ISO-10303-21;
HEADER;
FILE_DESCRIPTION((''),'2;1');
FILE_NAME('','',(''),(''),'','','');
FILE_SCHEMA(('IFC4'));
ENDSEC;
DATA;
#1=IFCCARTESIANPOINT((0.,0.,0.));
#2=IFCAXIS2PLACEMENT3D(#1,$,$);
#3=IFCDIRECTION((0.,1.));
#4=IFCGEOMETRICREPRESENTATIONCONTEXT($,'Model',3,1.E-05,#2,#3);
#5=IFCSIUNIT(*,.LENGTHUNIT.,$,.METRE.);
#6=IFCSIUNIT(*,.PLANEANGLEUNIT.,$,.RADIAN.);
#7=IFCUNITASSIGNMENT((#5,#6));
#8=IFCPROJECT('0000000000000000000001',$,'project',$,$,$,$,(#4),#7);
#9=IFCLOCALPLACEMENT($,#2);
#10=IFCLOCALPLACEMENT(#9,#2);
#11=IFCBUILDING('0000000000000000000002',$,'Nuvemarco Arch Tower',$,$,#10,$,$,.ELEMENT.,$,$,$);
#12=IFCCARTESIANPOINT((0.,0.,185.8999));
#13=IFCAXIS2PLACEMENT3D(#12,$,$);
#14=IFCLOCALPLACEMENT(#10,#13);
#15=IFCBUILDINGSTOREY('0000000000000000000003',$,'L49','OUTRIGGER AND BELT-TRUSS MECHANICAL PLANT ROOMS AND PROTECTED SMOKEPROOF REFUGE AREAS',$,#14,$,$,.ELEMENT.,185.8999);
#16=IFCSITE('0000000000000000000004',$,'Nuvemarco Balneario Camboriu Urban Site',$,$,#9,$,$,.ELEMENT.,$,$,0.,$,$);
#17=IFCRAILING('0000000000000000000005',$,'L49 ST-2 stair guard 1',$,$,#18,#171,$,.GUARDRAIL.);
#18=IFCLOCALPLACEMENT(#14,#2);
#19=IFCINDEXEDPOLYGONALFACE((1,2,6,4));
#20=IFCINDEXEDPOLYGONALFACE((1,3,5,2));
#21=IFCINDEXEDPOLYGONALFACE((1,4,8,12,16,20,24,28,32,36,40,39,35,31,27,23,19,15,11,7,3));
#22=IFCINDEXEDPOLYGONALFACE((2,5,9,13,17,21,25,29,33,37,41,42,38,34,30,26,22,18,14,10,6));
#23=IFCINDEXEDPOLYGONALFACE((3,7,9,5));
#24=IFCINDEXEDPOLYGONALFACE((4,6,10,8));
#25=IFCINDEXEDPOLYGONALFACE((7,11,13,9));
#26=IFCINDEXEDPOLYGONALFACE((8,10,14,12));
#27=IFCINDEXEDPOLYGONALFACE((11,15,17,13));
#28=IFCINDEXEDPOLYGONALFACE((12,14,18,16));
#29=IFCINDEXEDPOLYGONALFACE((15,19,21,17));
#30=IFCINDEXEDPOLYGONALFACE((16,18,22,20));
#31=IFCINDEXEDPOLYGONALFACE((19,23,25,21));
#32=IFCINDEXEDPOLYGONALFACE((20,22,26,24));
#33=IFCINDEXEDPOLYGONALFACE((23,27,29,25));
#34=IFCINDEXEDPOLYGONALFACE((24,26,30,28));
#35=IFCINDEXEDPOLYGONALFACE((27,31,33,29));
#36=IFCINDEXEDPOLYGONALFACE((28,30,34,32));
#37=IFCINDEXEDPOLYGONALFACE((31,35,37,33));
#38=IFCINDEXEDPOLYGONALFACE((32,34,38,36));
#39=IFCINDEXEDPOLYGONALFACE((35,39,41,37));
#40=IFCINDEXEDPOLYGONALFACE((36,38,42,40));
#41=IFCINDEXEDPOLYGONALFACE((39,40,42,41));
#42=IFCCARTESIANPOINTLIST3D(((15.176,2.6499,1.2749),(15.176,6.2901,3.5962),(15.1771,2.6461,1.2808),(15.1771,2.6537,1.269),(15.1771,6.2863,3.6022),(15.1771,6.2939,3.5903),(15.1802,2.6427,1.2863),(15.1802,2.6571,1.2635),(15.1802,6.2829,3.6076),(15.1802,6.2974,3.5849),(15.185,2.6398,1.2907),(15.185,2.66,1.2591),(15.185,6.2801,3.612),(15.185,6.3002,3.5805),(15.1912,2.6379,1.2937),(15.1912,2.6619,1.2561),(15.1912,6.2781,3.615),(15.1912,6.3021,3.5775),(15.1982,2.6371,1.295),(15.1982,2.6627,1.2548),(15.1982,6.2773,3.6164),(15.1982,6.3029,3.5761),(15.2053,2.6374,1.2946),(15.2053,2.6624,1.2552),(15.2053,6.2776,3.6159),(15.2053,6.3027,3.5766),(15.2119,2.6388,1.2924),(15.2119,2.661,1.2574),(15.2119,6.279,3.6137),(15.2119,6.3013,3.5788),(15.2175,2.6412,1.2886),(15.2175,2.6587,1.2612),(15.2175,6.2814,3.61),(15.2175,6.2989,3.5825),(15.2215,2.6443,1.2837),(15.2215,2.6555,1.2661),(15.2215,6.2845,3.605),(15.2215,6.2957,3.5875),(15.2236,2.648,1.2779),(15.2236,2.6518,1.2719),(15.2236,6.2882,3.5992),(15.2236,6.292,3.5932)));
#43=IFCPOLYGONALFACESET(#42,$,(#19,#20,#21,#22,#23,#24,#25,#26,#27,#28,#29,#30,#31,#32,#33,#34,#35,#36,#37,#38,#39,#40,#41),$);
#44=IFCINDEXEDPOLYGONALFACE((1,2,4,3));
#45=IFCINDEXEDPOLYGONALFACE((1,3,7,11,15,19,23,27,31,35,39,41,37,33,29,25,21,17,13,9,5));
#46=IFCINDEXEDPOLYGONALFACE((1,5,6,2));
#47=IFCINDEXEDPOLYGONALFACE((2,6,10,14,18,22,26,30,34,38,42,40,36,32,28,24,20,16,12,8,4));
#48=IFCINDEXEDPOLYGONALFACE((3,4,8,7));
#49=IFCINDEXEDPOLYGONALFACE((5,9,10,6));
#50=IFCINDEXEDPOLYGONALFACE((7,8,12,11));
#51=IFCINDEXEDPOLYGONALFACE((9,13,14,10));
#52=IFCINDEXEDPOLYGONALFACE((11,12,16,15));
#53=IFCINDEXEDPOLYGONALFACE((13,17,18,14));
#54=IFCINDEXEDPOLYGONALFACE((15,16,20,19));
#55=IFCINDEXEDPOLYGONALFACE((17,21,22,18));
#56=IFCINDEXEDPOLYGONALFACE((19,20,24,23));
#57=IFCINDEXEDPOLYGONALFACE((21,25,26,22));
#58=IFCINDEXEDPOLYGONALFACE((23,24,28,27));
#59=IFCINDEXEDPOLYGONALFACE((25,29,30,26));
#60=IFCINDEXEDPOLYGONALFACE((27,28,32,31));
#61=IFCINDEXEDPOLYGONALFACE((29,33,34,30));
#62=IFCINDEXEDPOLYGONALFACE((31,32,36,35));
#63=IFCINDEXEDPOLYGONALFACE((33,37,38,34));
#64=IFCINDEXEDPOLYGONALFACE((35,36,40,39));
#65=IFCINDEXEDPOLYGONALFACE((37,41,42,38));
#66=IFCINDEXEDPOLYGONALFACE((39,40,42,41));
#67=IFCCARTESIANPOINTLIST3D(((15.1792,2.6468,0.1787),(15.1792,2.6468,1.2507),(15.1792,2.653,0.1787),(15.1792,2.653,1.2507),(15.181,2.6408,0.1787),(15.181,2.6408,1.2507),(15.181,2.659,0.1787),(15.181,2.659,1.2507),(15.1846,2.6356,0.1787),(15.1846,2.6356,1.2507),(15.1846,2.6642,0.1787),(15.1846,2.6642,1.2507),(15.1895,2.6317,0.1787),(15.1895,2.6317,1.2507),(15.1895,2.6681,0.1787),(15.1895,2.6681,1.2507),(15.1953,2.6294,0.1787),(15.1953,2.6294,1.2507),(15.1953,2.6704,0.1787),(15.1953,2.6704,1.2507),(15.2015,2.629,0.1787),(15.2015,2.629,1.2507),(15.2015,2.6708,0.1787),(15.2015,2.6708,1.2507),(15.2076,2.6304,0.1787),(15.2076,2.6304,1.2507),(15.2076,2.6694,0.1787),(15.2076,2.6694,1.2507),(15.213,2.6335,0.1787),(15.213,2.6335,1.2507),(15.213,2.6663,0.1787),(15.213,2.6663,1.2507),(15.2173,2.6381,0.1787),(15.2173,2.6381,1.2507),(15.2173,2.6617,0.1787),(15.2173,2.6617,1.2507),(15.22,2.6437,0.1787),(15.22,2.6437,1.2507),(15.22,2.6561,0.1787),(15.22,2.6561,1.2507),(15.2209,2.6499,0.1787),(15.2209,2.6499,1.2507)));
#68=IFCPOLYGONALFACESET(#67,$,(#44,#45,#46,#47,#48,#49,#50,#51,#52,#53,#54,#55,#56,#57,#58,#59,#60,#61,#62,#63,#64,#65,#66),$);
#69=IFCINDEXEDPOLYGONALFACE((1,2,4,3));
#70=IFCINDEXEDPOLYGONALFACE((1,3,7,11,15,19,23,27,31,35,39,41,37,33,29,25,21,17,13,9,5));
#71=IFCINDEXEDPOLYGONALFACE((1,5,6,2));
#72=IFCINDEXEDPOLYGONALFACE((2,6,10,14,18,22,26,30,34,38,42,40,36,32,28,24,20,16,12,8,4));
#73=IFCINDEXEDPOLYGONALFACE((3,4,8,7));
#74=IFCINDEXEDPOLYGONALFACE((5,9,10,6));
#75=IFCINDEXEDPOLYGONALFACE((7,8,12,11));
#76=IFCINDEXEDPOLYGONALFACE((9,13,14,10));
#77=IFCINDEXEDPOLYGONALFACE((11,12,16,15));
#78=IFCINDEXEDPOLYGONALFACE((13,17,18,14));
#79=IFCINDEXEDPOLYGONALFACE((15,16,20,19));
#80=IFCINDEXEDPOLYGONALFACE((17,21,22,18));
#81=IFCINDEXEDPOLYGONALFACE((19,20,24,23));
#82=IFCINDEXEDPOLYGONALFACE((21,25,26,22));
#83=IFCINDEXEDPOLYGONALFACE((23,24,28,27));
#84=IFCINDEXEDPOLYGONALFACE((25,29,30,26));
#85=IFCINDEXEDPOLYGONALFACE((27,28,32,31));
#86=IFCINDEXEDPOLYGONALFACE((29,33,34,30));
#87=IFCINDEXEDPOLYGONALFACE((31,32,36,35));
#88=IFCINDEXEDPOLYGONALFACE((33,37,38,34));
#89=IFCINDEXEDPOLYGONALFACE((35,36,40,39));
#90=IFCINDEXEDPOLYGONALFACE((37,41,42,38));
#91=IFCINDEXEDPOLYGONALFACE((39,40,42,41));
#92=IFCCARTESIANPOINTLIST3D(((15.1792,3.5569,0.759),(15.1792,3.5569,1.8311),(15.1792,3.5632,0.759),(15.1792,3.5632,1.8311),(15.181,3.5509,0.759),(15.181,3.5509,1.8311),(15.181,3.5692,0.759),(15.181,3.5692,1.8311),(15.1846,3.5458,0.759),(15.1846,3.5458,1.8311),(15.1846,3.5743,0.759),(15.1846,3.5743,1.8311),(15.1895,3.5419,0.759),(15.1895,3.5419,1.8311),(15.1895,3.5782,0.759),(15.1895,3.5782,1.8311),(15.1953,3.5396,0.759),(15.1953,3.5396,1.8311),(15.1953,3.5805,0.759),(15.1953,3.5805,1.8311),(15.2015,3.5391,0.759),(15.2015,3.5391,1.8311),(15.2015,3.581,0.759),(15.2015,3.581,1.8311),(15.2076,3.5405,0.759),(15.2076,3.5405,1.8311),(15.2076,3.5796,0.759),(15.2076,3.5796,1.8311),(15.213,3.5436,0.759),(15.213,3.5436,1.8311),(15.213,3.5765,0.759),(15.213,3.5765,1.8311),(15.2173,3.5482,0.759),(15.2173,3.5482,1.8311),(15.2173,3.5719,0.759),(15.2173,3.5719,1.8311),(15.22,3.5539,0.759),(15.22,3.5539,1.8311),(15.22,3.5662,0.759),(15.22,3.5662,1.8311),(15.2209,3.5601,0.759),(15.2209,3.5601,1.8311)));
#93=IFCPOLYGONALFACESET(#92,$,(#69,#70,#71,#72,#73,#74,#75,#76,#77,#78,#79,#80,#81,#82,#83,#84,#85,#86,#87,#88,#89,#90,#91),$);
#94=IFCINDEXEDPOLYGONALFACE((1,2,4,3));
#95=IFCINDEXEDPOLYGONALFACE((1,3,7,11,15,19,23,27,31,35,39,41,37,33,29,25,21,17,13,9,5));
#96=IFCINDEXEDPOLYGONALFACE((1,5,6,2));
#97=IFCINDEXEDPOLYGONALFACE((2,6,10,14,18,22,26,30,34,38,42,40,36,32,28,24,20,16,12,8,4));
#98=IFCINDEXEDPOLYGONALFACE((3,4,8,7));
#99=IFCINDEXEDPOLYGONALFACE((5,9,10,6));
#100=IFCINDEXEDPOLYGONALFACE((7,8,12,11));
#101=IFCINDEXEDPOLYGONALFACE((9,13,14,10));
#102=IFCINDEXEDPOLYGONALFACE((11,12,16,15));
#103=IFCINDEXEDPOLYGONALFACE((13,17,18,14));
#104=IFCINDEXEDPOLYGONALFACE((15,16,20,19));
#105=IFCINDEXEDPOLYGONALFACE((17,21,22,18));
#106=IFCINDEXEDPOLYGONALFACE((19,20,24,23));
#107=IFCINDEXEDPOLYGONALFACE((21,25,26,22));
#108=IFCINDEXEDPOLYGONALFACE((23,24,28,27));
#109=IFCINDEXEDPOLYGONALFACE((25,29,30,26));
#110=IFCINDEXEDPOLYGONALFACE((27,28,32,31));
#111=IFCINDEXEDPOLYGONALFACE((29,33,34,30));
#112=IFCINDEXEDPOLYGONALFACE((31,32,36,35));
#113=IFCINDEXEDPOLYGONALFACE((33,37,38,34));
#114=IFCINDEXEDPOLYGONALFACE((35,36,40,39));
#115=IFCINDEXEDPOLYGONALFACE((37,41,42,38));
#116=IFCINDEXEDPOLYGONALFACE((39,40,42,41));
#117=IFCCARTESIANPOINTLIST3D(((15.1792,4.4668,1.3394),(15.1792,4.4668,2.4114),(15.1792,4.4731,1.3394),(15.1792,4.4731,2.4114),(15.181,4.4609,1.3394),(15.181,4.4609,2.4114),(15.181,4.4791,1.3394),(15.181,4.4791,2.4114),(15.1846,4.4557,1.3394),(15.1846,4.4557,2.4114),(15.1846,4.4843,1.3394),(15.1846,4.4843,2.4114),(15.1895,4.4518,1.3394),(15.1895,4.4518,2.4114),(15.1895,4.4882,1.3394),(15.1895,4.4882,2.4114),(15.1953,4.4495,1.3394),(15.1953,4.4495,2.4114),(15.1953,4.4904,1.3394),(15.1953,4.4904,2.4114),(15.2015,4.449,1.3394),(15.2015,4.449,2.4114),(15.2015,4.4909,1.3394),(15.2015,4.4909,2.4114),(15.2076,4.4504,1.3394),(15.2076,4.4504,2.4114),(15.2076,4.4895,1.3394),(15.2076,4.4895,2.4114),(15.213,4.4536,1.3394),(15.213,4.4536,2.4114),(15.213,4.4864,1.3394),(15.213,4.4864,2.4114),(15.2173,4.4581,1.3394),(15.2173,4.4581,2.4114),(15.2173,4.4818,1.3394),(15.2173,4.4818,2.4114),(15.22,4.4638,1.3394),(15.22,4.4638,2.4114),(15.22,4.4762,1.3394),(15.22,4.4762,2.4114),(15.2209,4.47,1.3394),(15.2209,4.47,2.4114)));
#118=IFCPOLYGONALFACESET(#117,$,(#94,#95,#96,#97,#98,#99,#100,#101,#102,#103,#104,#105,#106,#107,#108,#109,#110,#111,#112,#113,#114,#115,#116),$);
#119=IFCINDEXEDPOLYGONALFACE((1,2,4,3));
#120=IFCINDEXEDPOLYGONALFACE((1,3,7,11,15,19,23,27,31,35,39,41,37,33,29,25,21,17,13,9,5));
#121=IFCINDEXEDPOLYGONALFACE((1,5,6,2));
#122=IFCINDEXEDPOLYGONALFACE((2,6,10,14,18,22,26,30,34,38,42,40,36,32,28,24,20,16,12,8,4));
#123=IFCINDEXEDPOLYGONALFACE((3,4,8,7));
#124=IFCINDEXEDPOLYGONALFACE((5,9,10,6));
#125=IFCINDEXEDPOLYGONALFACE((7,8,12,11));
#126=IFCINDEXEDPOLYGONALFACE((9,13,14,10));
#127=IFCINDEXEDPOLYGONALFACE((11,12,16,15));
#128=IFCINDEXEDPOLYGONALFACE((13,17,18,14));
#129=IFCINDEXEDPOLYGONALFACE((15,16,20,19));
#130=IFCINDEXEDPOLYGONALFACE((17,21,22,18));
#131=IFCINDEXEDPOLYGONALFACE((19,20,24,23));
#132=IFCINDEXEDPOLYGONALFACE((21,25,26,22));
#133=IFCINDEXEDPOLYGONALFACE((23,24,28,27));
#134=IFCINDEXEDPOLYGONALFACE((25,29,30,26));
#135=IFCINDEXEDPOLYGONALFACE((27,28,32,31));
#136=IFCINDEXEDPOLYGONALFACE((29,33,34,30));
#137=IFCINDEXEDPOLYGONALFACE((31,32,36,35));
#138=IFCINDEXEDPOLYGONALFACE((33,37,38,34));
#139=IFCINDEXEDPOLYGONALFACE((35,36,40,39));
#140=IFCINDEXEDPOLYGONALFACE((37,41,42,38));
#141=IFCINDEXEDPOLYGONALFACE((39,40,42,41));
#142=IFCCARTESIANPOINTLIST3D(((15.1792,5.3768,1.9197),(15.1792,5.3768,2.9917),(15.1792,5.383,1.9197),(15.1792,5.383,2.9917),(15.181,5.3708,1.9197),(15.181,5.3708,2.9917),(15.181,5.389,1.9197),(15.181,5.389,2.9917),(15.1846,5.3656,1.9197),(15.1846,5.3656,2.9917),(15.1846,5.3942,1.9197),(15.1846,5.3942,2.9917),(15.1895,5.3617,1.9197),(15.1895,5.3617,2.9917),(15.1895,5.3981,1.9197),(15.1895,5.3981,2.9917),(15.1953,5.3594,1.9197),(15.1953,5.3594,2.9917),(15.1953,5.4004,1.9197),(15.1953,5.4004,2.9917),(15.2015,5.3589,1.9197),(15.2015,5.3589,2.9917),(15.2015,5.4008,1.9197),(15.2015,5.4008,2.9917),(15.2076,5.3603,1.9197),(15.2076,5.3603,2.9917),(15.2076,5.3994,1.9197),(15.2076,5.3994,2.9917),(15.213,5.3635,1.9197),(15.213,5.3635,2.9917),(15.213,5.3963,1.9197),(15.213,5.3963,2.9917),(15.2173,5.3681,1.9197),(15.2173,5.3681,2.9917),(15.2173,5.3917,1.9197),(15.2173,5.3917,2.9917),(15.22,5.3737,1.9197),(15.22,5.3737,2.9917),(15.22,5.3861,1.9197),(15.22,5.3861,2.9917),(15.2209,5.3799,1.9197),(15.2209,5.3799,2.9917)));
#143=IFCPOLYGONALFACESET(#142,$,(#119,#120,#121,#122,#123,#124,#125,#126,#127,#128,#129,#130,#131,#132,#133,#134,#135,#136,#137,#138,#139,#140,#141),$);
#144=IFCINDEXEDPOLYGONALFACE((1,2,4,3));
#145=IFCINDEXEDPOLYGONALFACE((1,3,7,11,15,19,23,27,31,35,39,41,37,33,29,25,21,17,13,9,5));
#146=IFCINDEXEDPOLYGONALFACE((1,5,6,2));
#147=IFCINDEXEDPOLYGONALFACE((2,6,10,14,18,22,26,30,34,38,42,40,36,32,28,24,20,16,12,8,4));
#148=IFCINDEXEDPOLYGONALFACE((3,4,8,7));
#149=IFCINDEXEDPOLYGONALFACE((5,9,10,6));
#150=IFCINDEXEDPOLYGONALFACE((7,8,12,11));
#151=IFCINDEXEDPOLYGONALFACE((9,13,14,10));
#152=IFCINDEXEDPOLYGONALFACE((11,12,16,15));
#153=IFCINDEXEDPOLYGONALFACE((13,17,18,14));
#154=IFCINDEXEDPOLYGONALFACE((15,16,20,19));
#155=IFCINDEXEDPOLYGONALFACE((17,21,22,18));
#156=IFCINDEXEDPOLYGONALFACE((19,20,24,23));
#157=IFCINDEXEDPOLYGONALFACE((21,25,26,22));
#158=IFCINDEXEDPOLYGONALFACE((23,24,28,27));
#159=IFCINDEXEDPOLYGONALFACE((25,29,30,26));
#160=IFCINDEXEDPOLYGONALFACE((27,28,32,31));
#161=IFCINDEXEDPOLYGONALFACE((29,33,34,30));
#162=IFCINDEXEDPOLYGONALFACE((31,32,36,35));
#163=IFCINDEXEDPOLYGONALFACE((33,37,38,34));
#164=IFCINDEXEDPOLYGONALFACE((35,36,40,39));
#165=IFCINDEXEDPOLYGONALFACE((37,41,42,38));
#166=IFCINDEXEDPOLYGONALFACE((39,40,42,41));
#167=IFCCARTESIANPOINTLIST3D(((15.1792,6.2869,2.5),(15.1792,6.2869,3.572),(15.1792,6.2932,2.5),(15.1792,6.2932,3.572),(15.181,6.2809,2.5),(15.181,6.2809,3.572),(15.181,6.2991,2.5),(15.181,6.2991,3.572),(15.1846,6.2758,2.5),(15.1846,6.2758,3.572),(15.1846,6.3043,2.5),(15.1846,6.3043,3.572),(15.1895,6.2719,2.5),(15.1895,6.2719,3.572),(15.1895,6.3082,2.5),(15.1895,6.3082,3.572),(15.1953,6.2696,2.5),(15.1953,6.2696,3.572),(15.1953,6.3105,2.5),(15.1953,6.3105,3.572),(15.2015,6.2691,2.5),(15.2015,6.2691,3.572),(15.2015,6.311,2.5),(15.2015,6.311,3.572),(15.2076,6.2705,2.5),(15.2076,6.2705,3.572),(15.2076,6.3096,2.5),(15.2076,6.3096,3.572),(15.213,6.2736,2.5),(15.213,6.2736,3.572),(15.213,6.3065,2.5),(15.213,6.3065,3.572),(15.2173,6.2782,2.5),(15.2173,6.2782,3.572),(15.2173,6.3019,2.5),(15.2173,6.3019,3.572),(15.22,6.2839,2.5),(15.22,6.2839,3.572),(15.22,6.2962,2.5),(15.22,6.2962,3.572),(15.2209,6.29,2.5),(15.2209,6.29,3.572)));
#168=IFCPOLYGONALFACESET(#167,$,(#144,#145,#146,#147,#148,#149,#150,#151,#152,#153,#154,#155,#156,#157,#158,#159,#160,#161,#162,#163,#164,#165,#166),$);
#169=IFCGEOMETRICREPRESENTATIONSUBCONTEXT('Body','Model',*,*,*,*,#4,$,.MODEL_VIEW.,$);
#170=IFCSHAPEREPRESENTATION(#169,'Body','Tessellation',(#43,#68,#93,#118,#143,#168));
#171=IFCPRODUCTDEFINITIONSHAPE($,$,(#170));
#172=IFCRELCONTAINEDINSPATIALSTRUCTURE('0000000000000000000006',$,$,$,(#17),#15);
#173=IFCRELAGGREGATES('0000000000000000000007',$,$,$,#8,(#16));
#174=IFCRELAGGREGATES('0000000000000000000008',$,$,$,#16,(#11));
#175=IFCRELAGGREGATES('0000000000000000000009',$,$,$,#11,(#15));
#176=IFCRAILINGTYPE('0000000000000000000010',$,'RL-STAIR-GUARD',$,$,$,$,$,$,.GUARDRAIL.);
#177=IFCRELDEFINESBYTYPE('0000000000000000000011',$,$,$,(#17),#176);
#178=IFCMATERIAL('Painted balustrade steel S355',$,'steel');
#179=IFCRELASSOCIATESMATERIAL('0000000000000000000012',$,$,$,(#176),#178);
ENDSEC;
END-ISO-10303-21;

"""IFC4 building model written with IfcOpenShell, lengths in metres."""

from ifc_helpers import new_model, si_unit, direction, frame, origin, origin_2d, place, context, subcontext, project, spatial, circle, extrude, material, type_object, element, save


model = new_model("IFC4")

# Units and contexts
model_context = context("Model", 3, precision=1e-05, world=origin(), true_north=direction((0.0, 1.0)))
body_context = subcontext(model_context, "Body", "Model", "MODEL_VIEW")
ifc_project = project(units=[si_unit("LENGTHUNIT", "METRE"), si_unit("PLANEANGLEUNIT", "RADIAN")], contexts=[model_context])

# Site, building, storey
site_placement = place(None, origin())
site = spatial("IfcSite", under=ifc_project, at=site_placement, Name="Nuvemarco Balneario Camboriu Urban Site", CompositionType="ELEMENT", RefElevation=0.0)
building_placement = place(site_placement, origin())
building = spatial("IfcBuilding", under=site, at=building_placement, Name="Nuvemarco Arch Tower", CompositionType="ELEMENT")
storey_placement = place(building_placement, frame((0.0, 0.0, 185.8999)))
storey = spatial("IfcBuildingStorey", under=building, at=storey_placement, Name="L49", Description="OUTRIGGER AND BELT-TRUSS MECHANICAL PLANT ROOMS AND PROTECTED SMOKEPROOF REFUGE AREAS", CompositionType="ELEMENT", Elevation=185.8999)

# Railing
ifc_material_1 = material(Name="Painted balustrade steel S355", Category="steel")
railing_type_1 = type_object("IfcRailingType", Name="RL-STAIR-GUARD", PredefinedType="GUARDRAIL", material=ifc_material_1)
railing_1_placement = place(storey_placement, frame((15.2, 2.6499, 0.1787)))
element("IfcRailing", 1, at=railing_1_placement, inside=storey, type_object=railing_type_1, Name="L49 ST-2 stair guard 1", PredefinedType="GUARDRAIL", context=body_context, shape_type="SweptSolid", body=[
    extrude(circle(Radius=0.0239, at=origin_2d()), frame((0.0, 0.0, 1.0962), z_axis=(0.0, 0.843153, 0.537673), x_axis=(-1.0, 0.0, 0.0)), (0.0, 0.0, 1.0), 4.3174),
    extrude(circle(Radius=0.021, at=origin_2d()), origin(), (0.0, 0.0, 1.0), 1.072),
    extrude(circle(Radius=0.021, at=origin_2d()), frame((0.0, 0.9102, 0.5803)), (0.0, 0.0, 1.0), 1.072),
    extrude(circle(Radius=0.021, at=origin_2d()), frame((0.0, 1.8201, 1.1606)), (0.0, 0.0, 1.0), 1.072),
    extrude(circle(Radius=0.021, at=origin_2d()), frame((0.0, 2.73, 1.741)), (0.0, 0.0, 1.0), 1.072),
    extrude(circle(Radius=0.021, at=origin_2d()), frame((0.0, 3.6401, 2.3213)), (0.0, 0.0, 1.0), 1.072),
])

save(model, "model.ifc")
